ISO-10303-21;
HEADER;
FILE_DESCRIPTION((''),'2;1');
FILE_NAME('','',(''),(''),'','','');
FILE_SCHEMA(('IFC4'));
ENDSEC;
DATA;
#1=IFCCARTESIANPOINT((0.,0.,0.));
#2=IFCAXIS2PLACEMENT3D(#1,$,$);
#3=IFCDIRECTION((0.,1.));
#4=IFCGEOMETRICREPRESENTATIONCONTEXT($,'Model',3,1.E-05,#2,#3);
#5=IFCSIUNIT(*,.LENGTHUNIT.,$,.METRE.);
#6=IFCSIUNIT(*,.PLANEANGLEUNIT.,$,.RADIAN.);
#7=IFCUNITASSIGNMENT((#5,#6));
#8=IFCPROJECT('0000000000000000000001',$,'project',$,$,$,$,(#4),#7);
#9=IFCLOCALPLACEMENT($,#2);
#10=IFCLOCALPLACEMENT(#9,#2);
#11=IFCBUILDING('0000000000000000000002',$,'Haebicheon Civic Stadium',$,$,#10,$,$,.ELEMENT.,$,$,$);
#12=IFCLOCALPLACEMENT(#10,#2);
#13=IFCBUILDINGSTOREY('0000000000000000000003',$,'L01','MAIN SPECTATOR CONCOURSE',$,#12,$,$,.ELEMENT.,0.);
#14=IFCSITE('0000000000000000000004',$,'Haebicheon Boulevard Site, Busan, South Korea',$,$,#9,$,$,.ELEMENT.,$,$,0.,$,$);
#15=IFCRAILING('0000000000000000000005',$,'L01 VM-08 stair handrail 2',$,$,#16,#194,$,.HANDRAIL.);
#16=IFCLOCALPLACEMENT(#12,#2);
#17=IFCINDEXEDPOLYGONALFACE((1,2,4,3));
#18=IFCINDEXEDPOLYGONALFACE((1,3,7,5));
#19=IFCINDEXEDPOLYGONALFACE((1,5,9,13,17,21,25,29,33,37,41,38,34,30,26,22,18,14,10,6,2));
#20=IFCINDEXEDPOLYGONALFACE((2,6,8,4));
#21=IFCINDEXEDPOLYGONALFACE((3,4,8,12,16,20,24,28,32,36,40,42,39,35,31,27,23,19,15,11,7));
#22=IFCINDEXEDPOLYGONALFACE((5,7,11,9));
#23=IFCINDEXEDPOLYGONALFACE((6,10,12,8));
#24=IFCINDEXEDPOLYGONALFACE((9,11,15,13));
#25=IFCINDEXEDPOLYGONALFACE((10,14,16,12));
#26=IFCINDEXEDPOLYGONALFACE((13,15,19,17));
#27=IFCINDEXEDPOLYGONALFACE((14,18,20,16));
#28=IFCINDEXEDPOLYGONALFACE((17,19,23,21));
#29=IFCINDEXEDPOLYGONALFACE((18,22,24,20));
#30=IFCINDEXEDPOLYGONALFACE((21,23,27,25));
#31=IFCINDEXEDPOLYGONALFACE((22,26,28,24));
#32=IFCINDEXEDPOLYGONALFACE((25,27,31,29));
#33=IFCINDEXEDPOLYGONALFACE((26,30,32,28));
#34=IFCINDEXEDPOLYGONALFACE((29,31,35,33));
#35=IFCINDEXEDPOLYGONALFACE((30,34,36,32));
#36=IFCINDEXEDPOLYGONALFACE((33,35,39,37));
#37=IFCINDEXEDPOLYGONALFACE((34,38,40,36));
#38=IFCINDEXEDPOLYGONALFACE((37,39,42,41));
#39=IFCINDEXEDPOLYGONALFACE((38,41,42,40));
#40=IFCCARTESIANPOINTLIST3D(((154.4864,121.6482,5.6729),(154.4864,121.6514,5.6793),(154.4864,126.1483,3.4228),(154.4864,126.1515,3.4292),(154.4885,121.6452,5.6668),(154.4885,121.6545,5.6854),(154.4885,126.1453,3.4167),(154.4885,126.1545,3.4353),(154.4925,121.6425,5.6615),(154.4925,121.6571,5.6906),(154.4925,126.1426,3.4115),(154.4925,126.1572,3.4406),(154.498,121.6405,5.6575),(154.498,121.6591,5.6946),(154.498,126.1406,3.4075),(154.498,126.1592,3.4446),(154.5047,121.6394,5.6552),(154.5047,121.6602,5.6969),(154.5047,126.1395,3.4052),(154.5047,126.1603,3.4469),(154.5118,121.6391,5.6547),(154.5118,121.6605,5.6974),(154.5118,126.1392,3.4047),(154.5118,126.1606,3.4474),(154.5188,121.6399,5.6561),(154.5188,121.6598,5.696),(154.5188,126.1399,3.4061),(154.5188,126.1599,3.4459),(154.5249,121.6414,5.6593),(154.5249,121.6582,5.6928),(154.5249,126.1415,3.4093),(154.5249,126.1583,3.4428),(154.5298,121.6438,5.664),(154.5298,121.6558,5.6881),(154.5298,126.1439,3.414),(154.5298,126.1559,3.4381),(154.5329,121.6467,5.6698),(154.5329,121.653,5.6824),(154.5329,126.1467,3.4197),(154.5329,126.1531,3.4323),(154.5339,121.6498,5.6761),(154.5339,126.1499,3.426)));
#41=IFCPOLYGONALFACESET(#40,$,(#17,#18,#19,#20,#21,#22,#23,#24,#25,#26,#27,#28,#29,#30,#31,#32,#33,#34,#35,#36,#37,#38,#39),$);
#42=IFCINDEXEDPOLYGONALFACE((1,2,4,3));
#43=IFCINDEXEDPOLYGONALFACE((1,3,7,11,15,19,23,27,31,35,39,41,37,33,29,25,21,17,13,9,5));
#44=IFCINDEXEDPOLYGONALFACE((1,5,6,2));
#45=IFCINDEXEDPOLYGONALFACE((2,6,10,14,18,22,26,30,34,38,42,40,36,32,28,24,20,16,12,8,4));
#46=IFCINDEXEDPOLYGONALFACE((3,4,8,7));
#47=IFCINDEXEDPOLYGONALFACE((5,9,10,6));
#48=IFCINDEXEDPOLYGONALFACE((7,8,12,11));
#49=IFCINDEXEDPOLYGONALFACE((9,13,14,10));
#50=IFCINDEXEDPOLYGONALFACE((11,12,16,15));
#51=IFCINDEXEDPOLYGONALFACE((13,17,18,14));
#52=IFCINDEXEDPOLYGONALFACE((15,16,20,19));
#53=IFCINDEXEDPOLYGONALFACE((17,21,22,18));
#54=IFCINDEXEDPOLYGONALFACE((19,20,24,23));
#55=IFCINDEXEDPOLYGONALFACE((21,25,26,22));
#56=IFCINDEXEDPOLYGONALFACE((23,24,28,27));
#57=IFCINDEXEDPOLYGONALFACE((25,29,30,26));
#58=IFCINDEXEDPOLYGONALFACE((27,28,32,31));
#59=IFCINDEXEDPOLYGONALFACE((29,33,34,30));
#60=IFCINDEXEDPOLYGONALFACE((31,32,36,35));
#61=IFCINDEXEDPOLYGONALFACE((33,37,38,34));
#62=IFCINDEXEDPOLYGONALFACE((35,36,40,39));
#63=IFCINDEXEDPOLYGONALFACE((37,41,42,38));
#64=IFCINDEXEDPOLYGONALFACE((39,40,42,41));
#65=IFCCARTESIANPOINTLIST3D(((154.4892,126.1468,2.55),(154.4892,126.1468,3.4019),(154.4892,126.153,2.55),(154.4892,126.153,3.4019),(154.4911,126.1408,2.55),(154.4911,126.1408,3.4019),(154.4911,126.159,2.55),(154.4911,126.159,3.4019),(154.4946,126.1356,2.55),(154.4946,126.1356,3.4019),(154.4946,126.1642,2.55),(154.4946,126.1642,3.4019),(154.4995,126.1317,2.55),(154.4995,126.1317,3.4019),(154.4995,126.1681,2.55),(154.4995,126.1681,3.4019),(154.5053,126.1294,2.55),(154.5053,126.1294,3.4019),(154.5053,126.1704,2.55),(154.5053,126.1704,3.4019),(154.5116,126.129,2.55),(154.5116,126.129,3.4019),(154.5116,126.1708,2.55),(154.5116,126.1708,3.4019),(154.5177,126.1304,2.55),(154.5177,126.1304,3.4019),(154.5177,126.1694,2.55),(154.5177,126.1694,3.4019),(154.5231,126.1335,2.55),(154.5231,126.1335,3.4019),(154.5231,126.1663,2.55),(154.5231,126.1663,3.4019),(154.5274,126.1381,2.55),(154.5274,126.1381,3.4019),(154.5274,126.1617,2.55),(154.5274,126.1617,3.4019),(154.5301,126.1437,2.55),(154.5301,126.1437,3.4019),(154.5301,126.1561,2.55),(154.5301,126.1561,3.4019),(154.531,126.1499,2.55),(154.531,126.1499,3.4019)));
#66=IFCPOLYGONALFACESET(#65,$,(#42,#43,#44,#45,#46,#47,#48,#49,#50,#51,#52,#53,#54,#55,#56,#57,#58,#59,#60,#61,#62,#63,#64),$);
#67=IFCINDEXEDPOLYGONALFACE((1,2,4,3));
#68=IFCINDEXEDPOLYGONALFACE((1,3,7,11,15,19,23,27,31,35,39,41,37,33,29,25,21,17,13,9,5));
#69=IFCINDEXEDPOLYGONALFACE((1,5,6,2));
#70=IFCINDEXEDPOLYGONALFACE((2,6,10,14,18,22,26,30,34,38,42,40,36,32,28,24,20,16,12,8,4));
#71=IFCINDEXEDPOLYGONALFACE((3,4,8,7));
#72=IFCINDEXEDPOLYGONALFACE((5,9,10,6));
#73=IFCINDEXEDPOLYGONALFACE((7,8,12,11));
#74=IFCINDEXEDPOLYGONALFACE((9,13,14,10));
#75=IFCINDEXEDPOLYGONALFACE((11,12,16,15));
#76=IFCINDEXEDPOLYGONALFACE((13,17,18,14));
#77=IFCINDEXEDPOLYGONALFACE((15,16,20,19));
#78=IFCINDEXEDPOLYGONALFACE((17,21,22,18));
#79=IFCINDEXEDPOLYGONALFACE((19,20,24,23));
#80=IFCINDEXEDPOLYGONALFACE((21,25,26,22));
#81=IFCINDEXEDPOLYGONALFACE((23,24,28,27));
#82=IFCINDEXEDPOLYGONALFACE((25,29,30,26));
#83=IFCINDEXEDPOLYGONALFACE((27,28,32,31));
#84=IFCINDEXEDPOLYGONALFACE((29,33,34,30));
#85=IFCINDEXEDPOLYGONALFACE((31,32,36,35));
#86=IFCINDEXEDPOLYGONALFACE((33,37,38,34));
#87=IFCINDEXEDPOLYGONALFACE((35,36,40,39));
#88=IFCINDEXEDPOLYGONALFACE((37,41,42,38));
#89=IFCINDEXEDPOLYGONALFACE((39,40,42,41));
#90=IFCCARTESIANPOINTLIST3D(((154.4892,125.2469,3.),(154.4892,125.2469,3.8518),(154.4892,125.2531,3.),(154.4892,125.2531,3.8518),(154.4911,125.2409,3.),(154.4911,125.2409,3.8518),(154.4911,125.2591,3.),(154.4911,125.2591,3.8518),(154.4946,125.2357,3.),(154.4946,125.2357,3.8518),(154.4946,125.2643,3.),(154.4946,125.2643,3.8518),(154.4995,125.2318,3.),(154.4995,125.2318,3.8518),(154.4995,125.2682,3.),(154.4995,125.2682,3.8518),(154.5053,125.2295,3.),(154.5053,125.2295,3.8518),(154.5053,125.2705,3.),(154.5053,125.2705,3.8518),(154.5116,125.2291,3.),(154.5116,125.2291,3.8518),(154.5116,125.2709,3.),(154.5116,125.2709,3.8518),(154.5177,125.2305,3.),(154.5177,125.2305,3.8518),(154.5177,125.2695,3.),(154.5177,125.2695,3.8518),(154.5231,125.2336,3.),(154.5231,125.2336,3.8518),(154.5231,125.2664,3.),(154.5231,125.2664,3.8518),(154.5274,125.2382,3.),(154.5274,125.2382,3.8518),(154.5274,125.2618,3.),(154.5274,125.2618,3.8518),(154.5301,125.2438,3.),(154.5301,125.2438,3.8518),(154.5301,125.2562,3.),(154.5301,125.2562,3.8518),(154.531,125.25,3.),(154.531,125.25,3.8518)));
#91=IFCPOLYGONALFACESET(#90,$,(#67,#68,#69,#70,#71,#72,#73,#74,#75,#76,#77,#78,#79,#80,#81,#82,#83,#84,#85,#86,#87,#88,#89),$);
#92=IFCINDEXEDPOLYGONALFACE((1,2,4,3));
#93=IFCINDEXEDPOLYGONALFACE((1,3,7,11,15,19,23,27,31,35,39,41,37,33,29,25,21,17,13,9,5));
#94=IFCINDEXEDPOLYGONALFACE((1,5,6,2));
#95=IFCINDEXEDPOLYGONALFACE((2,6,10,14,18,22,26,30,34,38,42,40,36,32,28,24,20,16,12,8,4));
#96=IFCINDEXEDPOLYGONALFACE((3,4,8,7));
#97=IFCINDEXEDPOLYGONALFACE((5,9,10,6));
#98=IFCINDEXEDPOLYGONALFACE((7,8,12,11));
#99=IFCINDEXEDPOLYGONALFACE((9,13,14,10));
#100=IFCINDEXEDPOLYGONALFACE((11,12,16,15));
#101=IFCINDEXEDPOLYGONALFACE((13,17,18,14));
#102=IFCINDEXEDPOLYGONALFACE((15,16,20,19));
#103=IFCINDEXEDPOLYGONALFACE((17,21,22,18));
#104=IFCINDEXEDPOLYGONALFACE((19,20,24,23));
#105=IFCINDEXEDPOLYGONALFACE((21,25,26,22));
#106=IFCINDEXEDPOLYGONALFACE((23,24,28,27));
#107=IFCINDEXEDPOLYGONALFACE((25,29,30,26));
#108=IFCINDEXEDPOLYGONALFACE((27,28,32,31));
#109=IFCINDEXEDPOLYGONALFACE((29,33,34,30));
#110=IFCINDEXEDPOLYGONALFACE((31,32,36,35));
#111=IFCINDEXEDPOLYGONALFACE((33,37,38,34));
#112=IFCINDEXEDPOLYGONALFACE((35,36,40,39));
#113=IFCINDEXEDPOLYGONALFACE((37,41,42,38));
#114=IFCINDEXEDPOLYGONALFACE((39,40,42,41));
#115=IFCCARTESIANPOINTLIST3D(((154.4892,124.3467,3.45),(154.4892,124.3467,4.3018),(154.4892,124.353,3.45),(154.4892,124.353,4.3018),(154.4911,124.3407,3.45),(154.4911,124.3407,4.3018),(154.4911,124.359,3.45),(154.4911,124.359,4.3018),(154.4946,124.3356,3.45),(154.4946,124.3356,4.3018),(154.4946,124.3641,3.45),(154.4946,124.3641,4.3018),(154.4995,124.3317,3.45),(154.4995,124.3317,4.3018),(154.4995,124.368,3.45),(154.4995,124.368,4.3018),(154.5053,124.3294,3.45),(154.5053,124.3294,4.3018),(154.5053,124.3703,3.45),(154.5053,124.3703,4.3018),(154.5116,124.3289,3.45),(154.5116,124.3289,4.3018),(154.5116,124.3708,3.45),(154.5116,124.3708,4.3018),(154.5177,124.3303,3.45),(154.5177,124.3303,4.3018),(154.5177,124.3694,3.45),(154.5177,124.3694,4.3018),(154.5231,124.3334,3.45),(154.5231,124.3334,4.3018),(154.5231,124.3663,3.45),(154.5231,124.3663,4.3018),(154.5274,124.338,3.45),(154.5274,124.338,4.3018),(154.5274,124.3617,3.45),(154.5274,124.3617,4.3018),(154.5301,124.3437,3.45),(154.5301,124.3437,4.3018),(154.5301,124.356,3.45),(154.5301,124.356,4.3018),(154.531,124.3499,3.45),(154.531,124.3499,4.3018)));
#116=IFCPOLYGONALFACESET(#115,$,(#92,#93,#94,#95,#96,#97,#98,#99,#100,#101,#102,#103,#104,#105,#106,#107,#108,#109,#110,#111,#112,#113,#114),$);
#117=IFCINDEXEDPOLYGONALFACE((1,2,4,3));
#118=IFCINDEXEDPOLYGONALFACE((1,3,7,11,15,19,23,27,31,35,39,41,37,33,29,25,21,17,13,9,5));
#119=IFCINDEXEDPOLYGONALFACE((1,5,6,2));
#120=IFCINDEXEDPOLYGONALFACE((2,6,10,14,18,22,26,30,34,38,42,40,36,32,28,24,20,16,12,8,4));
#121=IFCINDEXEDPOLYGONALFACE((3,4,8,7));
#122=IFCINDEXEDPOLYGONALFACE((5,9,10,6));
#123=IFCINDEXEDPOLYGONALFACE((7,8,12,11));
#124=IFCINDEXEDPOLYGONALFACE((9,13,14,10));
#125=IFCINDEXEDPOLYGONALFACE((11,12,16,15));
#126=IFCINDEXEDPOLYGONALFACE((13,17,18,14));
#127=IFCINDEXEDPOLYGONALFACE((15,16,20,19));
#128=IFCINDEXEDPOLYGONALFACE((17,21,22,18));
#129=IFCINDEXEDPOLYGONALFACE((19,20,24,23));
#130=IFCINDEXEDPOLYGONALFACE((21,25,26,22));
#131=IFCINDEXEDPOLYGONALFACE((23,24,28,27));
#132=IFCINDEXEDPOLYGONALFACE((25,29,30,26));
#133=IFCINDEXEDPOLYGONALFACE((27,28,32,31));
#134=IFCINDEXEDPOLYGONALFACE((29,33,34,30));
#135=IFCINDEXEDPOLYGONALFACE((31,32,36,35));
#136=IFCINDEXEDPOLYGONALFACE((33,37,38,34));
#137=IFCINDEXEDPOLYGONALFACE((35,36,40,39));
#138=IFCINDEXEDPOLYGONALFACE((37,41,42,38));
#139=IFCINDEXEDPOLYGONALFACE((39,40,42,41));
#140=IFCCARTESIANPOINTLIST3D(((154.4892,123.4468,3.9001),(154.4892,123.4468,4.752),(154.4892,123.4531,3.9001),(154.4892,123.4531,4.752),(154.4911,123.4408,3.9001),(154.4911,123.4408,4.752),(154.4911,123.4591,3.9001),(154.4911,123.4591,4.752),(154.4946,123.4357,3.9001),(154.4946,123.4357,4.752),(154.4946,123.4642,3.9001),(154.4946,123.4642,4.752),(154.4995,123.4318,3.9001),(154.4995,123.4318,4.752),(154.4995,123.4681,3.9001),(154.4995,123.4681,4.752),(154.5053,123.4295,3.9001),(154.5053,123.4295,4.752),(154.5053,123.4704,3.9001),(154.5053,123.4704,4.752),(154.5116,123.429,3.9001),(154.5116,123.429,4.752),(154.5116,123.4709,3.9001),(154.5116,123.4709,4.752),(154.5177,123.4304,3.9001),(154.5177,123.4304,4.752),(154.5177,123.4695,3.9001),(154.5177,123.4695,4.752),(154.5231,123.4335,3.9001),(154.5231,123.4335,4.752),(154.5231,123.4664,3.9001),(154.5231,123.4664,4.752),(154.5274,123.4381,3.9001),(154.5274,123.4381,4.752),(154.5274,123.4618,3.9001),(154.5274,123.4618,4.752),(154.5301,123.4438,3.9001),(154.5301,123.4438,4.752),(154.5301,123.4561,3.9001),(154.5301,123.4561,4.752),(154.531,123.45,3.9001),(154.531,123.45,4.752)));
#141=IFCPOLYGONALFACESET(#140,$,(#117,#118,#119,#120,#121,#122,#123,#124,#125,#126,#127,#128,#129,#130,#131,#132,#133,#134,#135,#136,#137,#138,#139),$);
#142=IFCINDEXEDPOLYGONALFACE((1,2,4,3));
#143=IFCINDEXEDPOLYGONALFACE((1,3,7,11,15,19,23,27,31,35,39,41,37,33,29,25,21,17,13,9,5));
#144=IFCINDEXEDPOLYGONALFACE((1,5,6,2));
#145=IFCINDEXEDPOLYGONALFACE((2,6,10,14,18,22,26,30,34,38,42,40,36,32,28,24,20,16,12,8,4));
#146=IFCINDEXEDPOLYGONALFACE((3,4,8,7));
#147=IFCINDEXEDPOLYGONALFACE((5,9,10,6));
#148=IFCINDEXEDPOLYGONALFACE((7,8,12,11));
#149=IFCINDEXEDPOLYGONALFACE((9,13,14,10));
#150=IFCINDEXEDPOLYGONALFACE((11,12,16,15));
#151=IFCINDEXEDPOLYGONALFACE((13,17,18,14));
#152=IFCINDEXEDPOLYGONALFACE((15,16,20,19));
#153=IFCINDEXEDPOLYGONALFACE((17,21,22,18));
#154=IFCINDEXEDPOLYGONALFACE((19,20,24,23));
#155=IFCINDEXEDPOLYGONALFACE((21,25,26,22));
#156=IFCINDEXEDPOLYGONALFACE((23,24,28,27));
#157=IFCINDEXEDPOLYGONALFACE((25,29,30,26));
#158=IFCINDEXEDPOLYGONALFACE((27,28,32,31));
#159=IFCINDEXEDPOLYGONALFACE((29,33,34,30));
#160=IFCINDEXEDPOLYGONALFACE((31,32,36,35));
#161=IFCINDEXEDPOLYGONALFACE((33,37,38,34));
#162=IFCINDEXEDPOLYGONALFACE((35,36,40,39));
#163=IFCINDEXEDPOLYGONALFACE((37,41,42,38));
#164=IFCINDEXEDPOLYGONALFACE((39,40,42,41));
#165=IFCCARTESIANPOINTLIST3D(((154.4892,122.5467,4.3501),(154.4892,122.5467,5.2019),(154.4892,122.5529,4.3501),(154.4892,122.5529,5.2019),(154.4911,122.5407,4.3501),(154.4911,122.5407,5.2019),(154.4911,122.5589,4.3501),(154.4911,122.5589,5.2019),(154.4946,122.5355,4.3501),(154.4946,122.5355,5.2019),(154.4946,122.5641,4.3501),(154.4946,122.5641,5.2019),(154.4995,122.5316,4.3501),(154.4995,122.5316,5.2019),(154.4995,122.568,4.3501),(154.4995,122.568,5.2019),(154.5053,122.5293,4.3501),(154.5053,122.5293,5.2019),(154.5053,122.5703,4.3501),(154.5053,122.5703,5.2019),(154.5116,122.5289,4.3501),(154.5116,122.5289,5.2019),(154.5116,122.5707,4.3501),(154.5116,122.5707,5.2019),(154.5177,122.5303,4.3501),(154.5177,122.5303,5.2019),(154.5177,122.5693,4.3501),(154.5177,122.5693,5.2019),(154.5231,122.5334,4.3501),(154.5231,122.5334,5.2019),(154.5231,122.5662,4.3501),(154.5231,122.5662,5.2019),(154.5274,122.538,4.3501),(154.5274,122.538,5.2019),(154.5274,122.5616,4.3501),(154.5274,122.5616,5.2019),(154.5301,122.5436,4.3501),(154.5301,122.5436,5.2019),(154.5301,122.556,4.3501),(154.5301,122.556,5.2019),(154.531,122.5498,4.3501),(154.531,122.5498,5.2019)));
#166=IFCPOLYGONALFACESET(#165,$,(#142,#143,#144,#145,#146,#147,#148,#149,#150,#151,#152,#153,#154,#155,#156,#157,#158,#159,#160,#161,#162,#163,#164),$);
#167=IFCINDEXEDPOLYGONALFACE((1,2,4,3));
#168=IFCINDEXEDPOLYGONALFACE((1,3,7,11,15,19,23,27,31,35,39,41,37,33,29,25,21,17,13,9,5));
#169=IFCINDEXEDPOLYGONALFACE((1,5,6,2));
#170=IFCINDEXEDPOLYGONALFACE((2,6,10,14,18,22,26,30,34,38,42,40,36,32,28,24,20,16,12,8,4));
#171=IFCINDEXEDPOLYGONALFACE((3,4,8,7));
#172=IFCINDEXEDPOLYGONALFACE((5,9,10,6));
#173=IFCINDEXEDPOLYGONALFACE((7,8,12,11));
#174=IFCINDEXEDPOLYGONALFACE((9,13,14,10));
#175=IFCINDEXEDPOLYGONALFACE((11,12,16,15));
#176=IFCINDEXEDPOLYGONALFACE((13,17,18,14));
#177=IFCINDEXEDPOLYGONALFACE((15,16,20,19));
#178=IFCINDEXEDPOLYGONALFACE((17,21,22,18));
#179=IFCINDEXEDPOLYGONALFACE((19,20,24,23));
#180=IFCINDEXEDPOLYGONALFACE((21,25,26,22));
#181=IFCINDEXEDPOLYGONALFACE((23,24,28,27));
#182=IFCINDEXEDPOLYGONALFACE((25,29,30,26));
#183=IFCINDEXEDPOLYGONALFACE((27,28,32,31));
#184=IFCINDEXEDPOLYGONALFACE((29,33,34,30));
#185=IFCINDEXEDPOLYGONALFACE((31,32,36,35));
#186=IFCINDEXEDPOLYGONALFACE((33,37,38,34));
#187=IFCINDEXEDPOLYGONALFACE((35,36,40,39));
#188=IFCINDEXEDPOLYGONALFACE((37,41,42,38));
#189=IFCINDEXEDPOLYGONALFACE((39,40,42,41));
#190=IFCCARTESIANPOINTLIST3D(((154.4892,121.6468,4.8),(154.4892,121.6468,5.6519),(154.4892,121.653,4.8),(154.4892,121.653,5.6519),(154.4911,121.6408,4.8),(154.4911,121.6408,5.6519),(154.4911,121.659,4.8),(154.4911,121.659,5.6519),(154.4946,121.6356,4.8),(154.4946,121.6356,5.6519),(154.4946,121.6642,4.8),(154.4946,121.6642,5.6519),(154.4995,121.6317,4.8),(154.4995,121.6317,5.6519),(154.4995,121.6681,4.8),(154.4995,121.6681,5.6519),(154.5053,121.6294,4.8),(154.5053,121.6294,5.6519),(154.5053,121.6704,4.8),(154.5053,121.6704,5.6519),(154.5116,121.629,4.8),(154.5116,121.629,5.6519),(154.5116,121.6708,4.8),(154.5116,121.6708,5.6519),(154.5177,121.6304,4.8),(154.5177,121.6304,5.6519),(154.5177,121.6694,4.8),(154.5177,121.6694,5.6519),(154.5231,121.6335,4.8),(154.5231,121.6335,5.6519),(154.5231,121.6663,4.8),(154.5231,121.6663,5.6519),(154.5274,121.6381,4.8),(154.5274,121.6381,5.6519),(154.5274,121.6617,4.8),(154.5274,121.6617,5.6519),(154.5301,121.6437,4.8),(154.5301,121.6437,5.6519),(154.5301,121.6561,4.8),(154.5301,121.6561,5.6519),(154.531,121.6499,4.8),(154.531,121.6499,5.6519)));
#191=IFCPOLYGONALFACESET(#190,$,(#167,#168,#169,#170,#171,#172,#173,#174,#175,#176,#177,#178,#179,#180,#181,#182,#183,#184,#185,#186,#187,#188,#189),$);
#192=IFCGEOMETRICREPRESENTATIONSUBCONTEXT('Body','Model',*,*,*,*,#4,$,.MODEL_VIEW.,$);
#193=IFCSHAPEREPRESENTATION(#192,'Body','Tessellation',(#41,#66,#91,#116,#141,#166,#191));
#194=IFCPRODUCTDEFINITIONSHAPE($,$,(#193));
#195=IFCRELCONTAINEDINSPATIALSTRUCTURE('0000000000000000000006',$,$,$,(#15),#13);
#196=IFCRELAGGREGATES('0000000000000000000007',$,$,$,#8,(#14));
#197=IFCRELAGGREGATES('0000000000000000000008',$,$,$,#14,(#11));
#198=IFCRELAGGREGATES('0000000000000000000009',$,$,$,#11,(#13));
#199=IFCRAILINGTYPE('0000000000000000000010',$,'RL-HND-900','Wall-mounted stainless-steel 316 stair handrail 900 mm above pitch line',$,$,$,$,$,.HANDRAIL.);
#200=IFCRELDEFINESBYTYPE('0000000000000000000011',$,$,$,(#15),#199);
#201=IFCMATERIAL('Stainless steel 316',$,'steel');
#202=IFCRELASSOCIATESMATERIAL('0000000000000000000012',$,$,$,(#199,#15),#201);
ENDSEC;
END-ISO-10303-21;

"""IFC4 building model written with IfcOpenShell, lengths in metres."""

from ifc_helpers import new_model, si_unit, direction, frame, origin, origin_2d, place, context, subcontext, project, spatial, circle, extrude, material, type_object, element, save


model = new_model("IFC4")

# Units and contexts
model_context = context("Model", 3, precision=1e-05, world=origin(), true_north=direction((0.0, 1.0)))
body_context = subcontext(model_context, "Body", "Model", "MODEL_VIEW")
ifc_project = project(units=[si_unit("LENGTHUNIT", "METRE"), si_unit("PLANEANGLEUNIT", "RADIAN")], contexts=[model_context])

# Site, building, storey
site_placement = place(None, origin())
site = spatial("IfcSite", under=ifc_project, at=site_placement, Name="Haebicheon Boulevard Site, Busan, South Korea", CompositionType="ELEMENT", RefElevation=0.0)
building_placement = place(site_placement, origin())
building = spatial("IfcBuilding", under=site, at=building_placement, Name="Haebicheon Civic Stadium", CompositionType="ELEMENT")
storey_placement = place(building_placement, origin())
storey = spatial("IfcBuildingStorey", under=building, at=storey_placement, Name="L01", Description="MAIN SPECTATOR CONCOURSE", CompositionType="ELEMENT", Elevation=0.0)

# Railing
ifc_material_1 = material(Name="Stainless steel 316", Category="steel")
railing_type_1 = type_object("IfcRailingType", Name="RL-HND-900", Description="Wall-mounted stainless-steel 316 stair handrail 900 mm above pitch line", PredefinedType="HANDRAIL", material=ifc_material_1)
railing_1_placement = place(storey_placement, frame((154.51, 126.1499, 2.55)))
element("IfcRailing", 1, at=railing_1_placement, inside=storey, type_object=railing_type_1, material=ifc_material_1, Name="L01 VM-08 stair handrail 2", PredefinedType="HANDRAIL", context=body_context, shape_type="SweptSolid", body=[
    extrude(circle(Radius=0.0239, at=origin_2d()), frame((0.0, 0.0, 0.876), z_axis=(0.0, -0.894427, 0.447214), x_axis=(1.0, 0.0, 0.0)), (0.0, 0.0, 1.0), 5.0312),
    extrude(circle(Radius=0.021, at=origin_2d()), origin(), (0.0, 0.0, 1.0), 0.8518),
    extrude(circle(Radius=0.021, at=origin_2d()), frame((0.0, -0.8999, 0.45)), (0.0, 0.0, 1.0), 0.8518),
    extrude(circle(Radius=0.021, at=origin_2d()), frame((0.0, -1.8, 0.8999)), (0.0, 0.0, 1.0), 0.8518),
    extrude(circle(Radius=0.021, at=origin_2d()), frame((0.0, -2.7, 1.3501)), (0.0, 0.0, 1.0), 0.8518),
    extrude(circle(Radius=0.021, at=origin_2d()), frame((0.0, -3.6001, 1.8)), (0.0, 0.0, 1.0), 0.8518),
    extrude(circle(Radius=0.021, at=origin_2d()), frame((0.0, -4.5, 2.25)), (0.0, 0.0, 1.0), 0.8518),
])

save(model, "model.ifc")
